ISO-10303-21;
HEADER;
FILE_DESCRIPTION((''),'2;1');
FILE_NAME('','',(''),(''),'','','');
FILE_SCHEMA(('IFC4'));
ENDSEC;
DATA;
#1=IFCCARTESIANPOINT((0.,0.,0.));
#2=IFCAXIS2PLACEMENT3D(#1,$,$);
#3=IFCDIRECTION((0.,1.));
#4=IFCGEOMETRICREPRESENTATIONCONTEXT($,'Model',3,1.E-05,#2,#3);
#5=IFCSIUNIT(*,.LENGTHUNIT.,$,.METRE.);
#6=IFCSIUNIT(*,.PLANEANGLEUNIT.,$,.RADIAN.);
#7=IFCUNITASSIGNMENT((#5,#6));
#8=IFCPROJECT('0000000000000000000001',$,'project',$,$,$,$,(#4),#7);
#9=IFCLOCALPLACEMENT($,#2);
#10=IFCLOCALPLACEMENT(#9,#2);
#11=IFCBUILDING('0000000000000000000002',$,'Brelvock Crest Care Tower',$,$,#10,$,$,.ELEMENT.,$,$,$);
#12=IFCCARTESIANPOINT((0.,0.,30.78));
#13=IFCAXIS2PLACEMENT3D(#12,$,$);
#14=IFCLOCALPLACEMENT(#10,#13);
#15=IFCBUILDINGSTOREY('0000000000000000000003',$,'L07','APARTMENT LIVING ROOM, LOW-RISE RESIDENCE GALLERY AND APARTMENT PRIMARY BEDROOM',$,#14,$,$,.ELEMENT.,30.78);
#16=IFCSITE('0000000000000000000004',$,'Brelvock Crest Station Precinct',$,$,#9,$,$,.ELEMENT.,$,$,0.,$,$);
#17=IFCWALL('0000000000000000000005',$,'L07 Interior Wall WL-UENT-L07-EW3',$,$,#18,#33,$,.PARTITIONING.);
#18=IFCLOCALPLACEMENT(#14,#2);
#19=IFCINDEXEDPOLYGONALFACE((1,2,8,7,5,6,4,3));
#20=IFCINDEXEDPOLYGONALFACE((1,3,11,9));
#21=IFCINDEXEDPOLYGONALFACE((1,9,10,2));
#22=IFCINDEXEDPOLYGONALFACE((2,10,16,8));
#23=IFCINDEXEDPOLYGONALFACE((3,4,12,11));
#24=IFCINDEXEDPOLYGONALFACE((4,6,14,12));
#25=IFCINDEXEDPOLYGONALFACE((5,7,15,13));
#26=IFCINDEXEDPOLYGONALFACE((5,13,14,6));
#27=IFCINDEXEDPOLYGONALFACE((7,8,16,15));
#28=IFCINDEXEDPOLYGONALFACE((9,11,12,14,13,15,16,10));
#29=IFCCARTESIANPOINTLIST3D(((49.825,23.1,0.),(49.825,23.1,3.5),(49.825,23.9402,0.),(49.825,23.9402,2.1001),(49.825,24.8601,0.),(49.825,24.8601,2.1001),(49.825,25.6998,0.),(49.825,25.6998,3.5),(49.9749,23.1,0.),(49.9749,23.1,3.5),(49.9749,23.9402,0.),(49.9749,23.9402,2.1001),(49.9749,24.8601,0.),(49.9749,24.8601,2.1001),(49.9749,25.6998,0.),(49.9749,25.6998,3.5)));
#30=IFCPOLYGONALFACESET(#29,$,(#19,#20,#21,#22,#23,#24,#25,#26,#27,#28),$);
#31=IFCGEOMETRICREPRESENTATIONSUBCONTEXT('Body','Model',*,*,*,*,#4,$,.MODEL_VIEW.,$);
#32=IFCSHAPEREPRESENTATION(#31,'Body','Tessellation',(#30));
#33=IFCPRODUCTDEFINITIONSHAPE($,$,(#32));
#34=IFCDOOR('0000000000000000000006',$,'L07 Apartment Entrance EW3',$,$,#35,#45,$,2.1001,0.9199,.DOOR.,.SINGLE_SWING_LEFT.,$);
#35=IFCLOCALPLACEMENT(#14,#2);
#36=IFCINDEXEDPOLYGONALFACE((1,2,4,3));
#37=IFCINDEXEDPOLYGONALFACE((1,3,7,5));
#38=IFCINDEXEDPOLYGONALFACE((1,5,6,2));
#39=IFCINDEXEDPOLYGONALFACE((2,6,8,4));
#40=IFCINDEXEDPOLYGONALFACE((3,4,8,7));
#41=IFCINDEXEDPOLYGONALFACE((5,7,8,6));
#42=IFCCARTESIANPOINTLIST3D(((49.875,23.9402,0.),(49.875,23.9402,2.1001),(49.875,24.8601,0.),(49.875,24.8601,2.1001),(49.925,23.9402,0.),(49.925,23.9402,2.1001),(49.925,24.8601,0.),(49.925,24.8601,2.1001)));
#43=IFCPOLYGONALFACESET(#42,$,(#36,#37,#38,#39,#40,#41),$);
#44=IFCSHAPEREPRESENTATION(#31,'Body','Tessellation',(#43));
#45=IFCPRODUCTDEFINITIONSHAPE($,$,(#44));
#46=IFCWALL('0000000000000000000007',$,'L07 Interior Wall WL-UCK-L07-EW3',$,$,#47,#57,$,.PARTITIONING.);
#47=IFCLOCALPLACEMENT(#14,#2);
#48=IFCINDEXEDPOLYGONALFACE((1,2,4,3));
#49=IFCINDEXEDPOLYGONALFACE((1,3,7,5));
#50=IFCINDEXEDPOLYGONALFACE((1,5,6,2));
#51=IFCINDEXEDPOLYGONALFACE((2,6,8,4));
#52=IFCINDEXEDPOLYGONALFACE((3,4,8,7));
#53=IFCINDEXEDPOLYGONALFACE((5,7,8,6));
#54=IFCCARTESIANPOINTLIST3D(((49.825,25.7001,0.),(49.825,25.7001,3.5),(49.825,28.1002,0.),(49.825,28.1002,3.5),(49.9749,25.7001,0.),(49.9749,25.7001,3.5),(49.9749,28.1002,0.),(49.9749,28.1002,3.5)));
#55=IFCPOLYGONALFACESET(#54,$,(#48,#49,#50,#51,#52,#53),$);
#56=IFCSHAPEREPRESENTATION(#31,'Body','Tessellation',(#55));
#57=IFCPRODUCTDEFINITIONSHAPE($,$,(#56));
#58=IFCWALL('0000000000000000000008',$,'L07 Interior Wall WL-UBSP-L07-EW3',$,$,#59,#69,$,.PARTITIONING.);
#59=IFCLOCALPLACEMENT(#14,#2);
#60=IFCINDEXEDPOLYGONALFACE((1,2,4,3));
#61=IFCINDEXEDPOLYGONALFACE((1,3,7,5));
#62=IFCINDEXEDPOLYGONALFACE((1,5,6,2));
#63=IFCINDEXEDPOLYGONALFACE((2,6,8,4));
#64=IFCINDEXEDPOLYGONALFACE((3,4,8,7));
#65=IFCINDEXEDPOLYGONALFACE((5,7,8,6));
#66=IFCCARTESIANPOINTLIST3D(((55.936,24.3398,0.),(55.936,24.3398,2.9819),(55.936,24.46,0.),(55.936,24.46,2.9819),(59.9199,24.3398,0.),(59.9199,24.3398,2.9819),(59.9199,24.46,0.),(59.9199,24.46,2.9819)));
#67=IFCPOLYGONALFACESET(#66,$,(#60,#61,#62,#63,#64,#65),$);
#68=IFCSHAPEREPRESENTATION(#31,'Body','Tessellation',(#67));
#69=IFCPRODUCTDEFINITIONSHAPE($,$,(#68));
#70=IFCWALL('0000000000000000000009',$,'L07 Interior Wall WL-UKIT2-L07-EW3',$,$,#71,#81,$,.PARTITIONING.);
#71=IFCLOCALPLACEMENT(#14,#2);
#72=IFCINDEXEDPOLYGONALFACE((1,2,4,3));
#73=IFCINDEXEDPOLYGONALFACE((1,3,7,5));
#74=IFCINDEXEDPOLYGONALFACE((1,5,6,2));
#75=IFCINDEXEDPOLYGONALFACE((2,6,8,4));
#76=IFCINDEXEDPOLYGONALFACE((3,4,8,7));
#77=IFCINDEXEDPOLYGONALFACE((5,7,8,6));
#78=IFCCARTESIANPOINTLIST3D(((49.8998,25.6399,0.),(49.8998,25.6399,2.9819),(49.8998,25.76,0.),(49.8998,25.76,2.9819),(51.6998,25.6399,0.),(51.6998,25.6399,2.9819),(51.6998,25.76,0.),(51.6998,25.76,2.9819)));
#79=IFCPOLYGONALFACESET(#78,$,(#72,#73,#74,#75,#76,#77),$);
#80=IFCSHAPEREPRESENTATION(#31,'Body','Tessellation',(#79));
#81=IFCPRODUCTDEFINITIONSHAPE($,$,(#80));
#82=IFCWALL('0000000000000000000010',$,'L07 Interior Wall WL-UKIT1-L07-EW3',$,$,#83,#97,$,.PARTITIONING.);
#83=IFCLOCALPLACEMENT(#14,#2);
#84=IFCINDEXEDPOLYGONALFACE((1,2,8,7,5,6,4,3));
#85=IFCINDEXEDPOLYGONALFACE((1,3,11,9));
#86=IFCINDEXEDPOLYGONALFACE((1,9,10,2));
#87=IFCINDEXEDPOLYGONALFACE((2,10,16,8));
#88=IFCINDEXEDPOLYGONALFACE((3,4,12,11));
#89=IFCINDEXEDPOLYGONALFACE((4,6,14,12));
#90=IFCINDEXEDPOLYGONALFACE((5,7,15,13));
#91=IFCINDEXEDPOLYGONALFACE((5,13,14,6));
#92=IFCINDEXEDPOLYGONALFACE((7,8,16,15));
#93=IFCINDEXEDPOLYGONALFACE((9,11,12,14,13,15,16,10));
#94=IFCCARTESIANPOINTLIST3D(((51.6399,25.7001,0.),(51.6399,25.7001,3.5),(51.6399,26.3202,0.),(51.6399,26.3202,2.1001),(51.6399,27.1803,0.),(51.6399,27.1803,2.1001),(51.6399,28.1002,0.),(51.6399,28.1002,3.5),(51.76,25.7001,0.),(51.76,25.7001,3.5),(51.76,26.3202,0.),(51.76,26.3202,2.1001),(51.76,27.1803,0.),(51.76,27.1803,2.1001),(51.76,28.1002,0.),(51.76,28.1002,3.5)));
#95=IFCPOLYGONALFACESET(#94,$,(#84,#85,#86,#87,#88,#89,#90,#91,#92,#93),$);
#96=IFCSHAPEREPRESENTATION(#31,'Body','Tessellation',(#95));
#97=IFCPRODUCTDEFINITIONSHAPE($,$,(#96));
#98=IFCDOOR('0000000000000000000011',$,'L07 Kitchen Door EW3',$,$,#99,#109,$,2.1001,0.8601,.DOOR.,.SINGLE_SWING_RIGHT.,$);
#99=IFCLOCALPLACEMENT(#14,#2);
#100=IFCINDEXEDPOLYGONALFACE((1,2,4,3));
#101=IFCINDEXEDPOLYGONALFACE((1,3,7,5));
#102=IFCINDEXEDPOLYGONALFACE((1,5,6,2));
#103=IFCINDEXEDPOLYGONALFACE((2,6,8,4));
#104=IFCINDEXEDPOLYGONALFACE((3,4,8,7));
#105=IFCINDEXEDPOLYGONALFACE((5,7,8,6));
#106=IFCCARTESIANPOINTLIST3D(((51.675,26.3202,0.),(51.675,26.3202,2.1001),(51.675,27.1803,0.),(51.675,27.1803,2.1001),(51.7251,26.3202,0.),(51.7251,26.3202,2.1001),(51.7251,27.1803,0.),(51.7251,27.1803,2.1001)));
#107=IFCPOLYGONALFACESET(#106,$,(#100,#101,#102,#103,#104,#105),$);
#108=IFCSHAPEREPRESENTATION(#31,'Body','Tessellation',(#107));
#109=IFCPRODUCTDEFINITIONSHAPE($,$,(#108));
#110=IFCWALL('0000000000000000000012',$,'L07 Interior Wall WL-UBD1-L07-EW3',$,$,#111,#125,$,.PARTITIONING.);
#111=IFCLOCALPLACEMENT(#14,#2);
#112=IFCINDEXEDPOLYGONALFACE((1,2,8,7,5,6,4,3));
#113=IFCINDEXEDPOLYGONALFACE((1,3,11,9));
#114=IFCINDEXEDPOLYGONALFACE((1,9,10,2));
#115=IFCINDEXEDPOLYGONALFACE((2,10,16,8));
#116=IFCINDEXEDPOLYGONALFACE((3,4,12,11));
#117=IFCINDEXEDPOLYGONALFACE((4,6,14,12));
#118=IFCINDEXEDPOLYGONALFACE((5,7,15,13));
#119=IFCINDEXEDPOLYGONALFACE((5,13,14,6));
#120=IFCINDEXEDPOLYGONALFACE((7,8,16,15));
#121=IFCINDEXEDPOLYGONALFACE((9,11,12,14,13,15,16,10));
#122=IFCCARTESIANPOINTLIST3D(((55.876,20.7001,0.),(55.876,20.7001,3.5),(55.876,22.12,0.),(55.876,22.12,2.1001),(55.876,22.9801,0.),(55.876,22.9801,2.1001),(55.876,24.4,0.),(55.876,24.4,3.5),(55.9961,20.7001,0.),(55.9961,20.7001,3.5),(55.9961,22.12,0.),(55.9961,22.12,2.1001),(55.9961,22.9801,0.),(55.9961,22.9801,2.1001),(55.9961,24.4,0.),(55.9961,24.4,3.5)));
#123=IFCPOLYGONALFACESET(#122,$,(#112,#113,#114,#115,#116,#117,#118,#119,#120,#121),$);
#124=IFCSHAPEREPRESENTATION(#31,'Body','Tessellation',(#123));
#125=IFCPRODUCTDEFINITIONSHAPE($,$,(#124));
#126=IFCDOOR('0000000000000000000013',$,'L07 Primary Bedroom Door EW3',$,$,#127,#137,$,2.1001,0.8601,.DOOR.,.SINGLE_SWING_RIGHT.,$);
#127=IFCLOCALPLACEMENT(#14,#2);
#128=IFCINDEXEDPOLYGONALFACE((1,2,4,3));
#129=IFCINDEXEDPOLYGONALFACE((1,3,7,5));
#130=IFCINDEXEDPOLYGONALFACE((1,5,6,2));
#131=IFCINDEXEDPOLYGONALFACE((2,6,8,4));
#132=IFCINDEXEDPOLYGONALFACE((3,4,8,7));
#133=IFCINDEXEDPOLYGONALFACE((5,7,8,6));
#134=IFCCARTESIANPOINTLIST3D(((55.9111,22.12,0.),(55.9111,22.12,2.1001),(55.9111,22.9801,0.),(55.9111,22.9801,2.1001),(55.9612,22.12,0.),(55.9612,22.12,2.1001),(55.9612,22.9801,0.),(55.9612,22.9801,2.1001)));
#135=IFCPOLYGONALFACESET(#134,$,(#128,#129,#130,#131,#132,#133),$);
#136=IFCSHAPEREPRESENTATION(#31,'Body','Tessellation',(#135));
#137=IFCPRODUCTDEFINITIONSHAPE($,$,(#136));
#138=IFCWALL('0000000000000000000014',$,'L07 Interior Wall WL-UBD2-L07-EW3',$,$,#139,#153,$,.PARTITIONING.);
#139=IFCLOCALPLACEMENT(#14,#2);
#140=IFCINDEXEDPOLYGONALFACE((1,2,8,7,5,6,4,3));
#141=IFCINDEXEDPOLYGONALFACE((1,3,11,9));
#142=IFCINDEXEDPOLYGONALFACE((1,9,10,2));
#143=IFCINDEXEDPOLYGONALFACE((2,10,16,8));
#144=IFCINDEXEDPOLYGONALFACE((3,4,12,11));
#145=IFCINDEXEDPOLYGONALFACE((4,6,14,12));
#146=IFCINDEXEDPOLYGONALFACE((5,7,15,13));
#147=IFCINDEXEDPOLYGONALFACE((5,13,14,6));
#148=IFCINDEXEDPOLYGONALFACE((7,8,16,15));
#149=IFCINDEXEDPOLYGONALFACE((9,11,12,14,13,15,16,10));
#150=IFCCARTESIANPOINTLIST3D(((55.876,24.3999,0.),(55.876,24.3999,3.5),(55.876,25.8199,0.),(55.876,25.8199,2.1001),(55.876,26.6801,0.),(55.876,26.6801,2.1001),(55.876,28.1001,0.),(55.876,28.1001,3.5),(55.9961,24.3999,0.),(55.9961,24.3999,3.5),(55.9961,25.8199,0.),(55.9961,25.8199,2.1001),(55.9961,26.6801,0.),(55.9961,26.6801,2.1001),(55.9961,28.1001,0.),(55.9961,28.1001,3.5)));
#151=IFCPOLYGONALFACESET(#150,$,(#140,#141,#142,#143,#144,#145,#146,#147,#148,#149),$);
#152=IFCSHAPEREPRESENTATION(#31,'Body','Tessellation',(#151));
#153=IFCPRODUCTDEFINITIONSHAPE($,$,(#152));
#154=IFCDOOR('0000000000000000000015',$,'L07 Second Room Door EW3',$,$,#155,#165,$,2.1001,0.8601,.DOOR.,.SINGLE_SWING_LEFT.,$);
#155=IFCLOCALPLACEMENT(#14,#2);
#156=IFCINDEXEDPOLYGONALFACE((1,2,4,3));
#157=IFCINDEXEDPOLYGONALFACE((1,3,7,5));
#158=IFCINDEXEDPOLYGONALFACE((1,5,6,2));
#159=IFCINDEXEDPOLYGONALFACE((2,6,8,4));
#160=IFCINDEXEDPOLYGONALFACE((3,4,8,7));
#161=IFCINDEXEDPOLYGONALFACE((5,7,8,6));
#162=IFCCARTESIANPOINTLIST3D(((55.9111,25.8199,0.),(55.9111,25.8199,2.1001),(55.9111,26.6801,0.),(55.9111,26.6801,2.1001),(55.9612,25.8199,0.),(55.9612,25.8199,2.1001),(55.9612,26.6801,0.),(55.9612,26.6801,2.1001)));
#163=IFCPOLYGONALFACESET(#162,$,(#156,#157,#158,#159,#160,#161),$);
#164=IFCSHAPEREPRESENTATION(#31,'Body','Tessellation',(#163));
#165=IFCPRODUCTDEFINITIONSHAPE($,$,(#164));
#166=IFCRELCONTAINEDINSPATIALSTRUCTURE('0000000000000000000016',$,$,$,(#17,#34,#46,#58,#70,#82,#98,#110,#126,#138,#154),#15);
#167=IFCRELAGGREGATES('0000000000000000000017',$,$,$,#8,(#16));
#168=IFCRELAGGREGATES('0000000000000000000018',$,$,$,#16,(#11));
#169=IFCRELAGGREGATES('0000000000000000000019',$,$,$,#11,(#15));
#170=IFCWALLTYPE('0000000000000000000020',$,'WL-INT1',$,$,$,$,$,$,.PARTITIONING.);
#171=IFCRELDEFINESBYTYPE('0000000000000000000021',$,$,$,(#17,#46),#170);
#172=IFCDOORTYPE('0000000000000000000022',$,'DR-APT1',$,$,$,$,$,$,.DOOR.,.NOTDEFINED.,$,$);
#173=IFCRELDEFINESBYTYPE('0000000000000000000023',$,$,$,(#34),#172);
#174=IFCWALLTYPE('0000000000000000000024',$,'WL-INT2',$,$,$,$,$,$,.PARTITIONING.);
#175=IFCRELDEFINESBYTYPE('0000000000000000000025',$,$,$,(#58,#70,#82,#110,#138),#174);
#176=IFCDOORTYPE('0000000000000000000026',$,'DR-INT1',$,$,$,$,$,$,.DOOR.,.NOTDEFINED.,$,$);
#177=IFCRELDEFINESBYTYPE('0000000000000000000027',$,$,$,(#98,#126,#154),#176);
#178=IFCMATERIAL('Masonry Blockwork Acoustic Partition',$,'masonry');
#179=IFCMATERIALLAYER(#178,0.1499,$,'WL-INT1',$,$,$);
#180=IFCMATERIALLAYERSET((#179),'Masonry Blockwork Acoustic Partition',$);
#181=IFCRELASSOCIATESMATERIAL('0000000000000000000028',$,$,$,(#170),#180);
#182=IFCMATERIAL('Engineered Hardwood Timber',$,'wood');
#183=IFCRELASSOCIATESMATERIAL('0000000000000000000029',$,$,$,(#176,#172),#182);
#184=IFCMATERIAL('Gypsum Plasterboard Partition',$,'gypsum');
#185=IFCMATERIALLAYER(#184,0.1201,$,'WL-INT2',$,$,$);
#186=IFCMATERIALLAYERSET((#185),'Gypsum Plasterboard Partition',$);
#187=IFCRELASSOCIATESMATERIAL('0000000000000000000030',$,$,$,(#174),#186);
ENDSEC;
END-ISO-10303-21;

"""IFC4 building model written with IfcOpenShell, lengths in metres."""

from ifc_helpers import new_model, si_unit, direction, frame, frame_2d, origin, origin_2d, place, context, subcontext, project, spatial, rectangle, extrude, source, transform, mapped, material, layer, layer_set, type_object, element, fill, save


model = new_model("IFC4")

# Units and contexts
model_context = context("Model", 3, precision=1e-05, world=origin(), true_north=direction((0.0, 1.0)))
body_context = subcontext(model_context, "Body", "Model", "MODEL_VIEW")
ifc_project = project(units=[si_unit("LENGTHUNIT", "METRE"), si_unit("PLANEANGLEUNIT", "RADIAN")], contexts=[model_context])

# Site, building, storey
site_placement = place(None, origin())
site = spatial("IfcSite", under=ifc_project, at=site_placement, Name="Brelvock Crest Station Precinct", CompositionType="ELEMENT", RefElevation=0.0)
building_placement = place(site_placement, origin())
building = spatial("IfcBuilding", under=site, at=building_placement, Name="Brelvock Crest Care Tower", CompositionType="ELEMENT")
storey_placement = place(building_placement, frame((0.0, 0.0, 30.78)))
storey = spatial("IfcBuildingStorey", under=building, at=storey_placement, Name="L07", Description="APARTMENT LIVING ROOM, LOW-RISE RESIDENCE GALLERY AND APARTMENT PRIMARY BEDROOM", CompositionType="ELEMENT", Elevation=30.78)

# Shared definitions
ifc_material_1 = material(Name="Masonry Blockwork Acoustic Partition", Category="masonry")
ifc_layer_1 = layer(ifc_material_1, 0.1499, Name="WL-INT1")
ifc_layer_set_1 = layer_set([ifc_layer_1], Name="Masonry Blockwork Acoustic Partition")
wall_type_1 = type_object("IfcWallType", Name="WL-INT1", PredefinedType="PARTITIONING", material=ifc_layer_set_1)

# Wall, opening, door
ifc_material_2 = material(Name="Engineered Hardwood Timber", Category="wood")
door_type_1 = type_object("IfcDoorType", Name="DR-INT1", OperationType="NOTDEFINED", PredefinedType="DOOR", material=ifc_material_2)
shared_shape_1 = source(origin(), body_context, "Body", "SweptSolid", [
    extrude(rectangle(XDim=0.8601, YDim=2.1001, at=origin_2d()), frame((0.4302, 0.0249, 1.05), z_axis=(0.0, -1.0, 0.0), x_axis=(1.0, 0.0, 0.0)), (0.0, 0.0, 1.0), 0.05),
])
wall_1_placement = place(storey_placement, frame((49.8999, 23.1001, 0.0), z_axis=(0.0, 0.0, 1.0), x_axis=(0.0, 1.0, 0.0)))
wall_1 = element("IfcWall", 1, at=wall_1_placement, inside=storey, type_object=wall_type_1, Name="L07 Interior Wall WL-UENT-L07-EW3", PredefinedType="PARTITIONING", context=body_context, shape_type="SweptSolid", body=[
    extrude(rectangle(XDim=2.5999, YDim=0.1499, at=frame_2d((1.2998, 0.0))), origin(), (0.0, 0.0, 1.0), 3.5),
])
opening_1_placement = place(wall_1_placement, frame((0.8401, 0.0, 0.0)))
opening_1 = element("IfcOpeningElement", 2, at=opening_1_placement, cuts=wall_1, PredefinedType="OPENING", context=body_context, shape_type="SweptSolid", body=[
    extrude(rectangle(XDim=0.9199, YDim=2.1001, at=origin_2d()), frame((0.46, 0.085, 1.05), z_axis=(0.0, -1.0, 0.0), x_axis=(1.0, 0.0, 0.0)), (0.0, 0.0, 1.0), 0.1699),
])
door_type_2 = type_object("IfcDoorType", Name="DR-APT1", OperationType="NOTDEFINED", PredefinedType="DOOR", material=ifc_material_2)
shared_shape_2 = source(origin(), body_context, "Body", "SweptSolid", [
    extrude(rectangle(XDim=0.9199, YDim=2.1001, at=origin_2d()), frame((0.46, 0.0249, 1.05), z_axis=(0.0, -1.0, 0.0), x_axis=(1.0, 0.0, 0.0)), (0.0, 0.0, 1.0), 0.05),
])
door_1_placement = place(opening_1_placement, origin())
door_1 = element("IfcDoor", 3, at=door_1_placement, inside=storey, type_object=door_type_2, Name="L07 Apartment Entrance EW3", OperationType="SINGLE_SWING_LEFT", OverallHeight=2.1001, OverallWidth=0.9199, PredefinedType="DOOR", context=body_context, shape_type="MappedRepresentation", body=[
    mapped(shared_shape_2, transform((0.0, 0.0, 0.0), x_axis=(1.0, 0.0, 0.0), y_axis=(0.0, 1.0, 0.0), z_axis=(0.0, 0.0, 1.0), scale=1.0)),
])
fill(opening_1, door_1)

# Walls
wall_2_placement = place(storey_placement, frame((49.8999, 25.7, 0.0), z_axis=(0.0, 0.0, 1.0), x_axis=(0.0, 1.0, 0.0)))
element("IfcWall", 4, at=wall_2_placement, inside=storey, type_object=wall_type_1, Name="L07 Interior Wall WL-UCK-L07-EW3", PredefinedType="PARTITIONING", context=body_context, shape_type="SweptSolid", body=[
    extrude(rectangle(XDim=2.4001, YDim=0.1499, at=frame_2d((1.2002, 0.0))), origin(), (0.0, 0.0, 1.0), 3.5),
])
ifc_material_3 = material(Name="Gypsum Plasterboard Partition", Category="gypsum")
ifc_layer_2 = layer(ifc_material_3, 0.1201, Name="WL-INT2")
ifc_layer_set_2 = layer_set([ifc_layer_2], Name="Gypsum Plasterboard Partition")
wall_type_2 = type_object("IfcWallType", Name="WL-INT2", PredefinedType="PARTITIONING", material=ifc_layer_set_2)
wall_3_placement = place(storey_placement, frame((55.936, 24.3999, 0.0), z_axis=(0.0, 0.0, 1.0), x_axis=(1.0, 0.0, 0.0)))
element("IfcWall", 5, at=wall_3_placement, inside=storey, type_object=wall_type_2, Name="L07 Interior Wall WL-UBSP-L07-EW3", PredefinedType="PARTITIONING", context=body_context, shape_type="SweptSolid", body=[
    extrude(rectangle(XDim=3.9839, YDim=0.1201, at=frame_2d((1.9919, 0.0))), origin(), (0.0, 0.0, 1.0), 2.9819),
])
wall_4_placement = place(storey_placement, frame((49.8999, 25.7, 0.0), z_axis=(0.0, 0.0, 1.0), x_axis=(1.0, 0.0, 0.0)))
element("IfcWall", 6, at=wall_4_placement, inside=storey, type_object=wall_type_2, Name="L07 Interior Wall WL-UKIT2-L07-EW3", PredefinedType="PARTITIONING", context=body_context, shape_type="SweptSolid", body=[
    extrude(rectangle(XDim=1.8, YDim=0.1201, at=frame_2d((0.8999, 0.0))), origin(), (0.0, 0.0, 1.0), 2.9819),
])

# Walls, openings, doors
wall_5_placement = place(storey_placement, frame((51.7, 25.7, 0.0), z_axis=(0.0, 0.0, 1.0), x_axis=(0.0, 1.0, 0.0)))
wall_5 = element("IfcWall", 7, at=wall_5_placement, inside=storey, type_object=wall_type_2, Name="L07 Interior Wall WL-UKIT1-L07-EW3", PredefinedType="PARTITIONING", context=body_context, shape_type="SweptSolid", body=[
    extrude(rectangle(XDim=2.4001, YDim=0.1201, at=frame_2d((1.2002, 0.0))), origin(), (0.0, 0.0, 1.0), 3.5),
])
opening_2_placement = place(wall_5_placement, frame((0.6201, 0.0, 0.0)))
opening_2 = element("IfcOpeningElement", 8, at=opening_2_placement, cuts=wall_5, PredefinedType="OPENING", context=body_context, shape_type="SweptSolid", body=[
    extrude(rectangle(XDim=0.8601, YDim=2.1001, at=origin_2d()), frame((0.4302, 0.0701, 1.05), z_axis=(0.0, -1.0, 0.0), x_axis=(1.0, 0.0, 0.0)), (0.0, 0.0, 1.0), 0.1401),
])
door_2_placement = place(opening_2_placement, origin())
door_2 = element("IfcDoor", 9, at=door_2_placement, inside=storey, type_object=door_type_1, Name="L07 Kitchen Door EW3", OperationType="SINGLE_SWING_RIGHT", OverallHeight=2.1001, OverallWidth=0.8601, PredefinedType="DOOR", context=body_context, shape_type="MappedRepresentation", body=[
    mapped(shared_shape_1, transform((0.0, 0.0, 0.0), x_axis=(1.0, 0.0, 0.0), y_axis=(0.0, 1.0, 0.0), z_axis=(0.0, 0.0, 1.0), scale=1.0)),
])
fill(opening_2, door_2)
wall_6_placement = place(storey_placement, frame((55.936, 20.7, 0.0), z_axis=(0.0, 0.0, 1.0), x_axis=(0.0, 1.0, 0.0)))
wall_6 = element("IfcWall", 10, at=wall_6_placement, inside=storey, type_object=wall_type_2, Name="L07 Interior Wall WL-UBD1-L07-EW3", PredefinedType="PARTITIONING", context=body_context, shape_type="SweptSolid", body=[
    extrude(rectangle(XDim=3.7, YDim=0.1201, at=frame_2d((1.8501, 0.0))), origin(), (0.0, 0.0, 1.0), 3.5),
])
opening_3_placement = place(wall_6_placement, frame((1.4199, 0.0, 0.0)))
opening_3 = element("IfcOpeningElement", 11, at=opening_3_placement, cuts=wall_6, PredefinedType="OPENING", context=body_context, shape_type="SweptSolid", body=[
    extrude(rectangle(XDim=0.8601, YDim=2.1001, at=origin_2d()), frame((0.4302, 0.0701, 1.05), z_axis=(0.0, -1.0, 0.0), x_axis=(1.0, 0.0, 0.0)), (0.0, 0.0, 1.0), 0.1401),
])
door_3_placement = place(opening_3_placement, origin())
door_3 = element("IfcDoor", 12, at=door_3_placement, inside=storey, type_object=door_type_1, Name="L07 Primary Bedroom Door EW3", OperationType="SINGLE_SWING_RIGHT", OverallHeight=2.1001, OverallWidth=0.8601, PredefinedType="DOOR", context=body_context, shape_type="MappedRepresentation", body=[
    mapped(shared_shape_1, transform((0.0, 0.0, 0.0), x_axis=(1.0, 0.0, 0.0), y_axis=(0.0, 1.0, 0.0), z_axis=(0.0, 0.0, 1.0), scale=1.0)),
])
fill(opening_3, door_3)
wall_7_placement = place(storey_placement, frame((55.936, 24.3999, 0.0), z_axis=(0.0, 0.0, 1.0), x_axis=(0.0, 1.0, 0.0)))
wall_7 = element("IfcWall", 13, at=wall_7_placement, inside=storey, type_object=wall_type_2, Name="L07 Interior Wall WL-UBD2-L07-EW3", PredefinedType="PARTITIONING", context=body_context, shape_type="SweptSolid", body=[
    extrude(rectangle(XDim=3.7002, YDim=0.1201, at=frame_2d((1.8501, 0.0))), origin(), (0.0, 0.0, 1.0), 3.5),
])
opening_4_placement = place(wall_7_placement, frame((1.4199, 0.0, 0.0)))
opening_4 = element("IfcOpeningElement", 14, at=opening_4_placement, cuts=wall_7, PredefinedType="OPENING", context=body_context, shape_type="SweptSolid", body=[
    extrude(rectangle(XDim=0.8601, YDim=2.1001, at=origin_2d()), frame((0.4302, 0.0701, 1.05), z_axis=(0.0, -1.0, 0.0), x_axis=(1.0, 0.0, 0.0)), (0.0, 0.0, 1.0), 0.1401),
])
door_4_placement = place(opening_4_placement, origin())
door_4 = element("IfcDoor", 15, at=door_4_placement, inside=storey, type_object=door_type_1, Name="L07 Second Room Door EW3", OperationType="SINGLE_SWING_LEFT", OverallHeight=2.1001, OverallWidth=0.8601, PredefinedType="DOOR", context=body_context, shape_type="MappedRepresentation", body=[
    mapped(shared_shape_1, transform((0.0, 0.0, 0.0), x_axis=(1.0, 0.0, 0.0), y_axis=(0.0, 1.0, 0.0), z_axis=(0.0, 0.0, 1.0), scale=1.0)),
])
fill(opening_4, door_4)

save(model, "model.ifc")
